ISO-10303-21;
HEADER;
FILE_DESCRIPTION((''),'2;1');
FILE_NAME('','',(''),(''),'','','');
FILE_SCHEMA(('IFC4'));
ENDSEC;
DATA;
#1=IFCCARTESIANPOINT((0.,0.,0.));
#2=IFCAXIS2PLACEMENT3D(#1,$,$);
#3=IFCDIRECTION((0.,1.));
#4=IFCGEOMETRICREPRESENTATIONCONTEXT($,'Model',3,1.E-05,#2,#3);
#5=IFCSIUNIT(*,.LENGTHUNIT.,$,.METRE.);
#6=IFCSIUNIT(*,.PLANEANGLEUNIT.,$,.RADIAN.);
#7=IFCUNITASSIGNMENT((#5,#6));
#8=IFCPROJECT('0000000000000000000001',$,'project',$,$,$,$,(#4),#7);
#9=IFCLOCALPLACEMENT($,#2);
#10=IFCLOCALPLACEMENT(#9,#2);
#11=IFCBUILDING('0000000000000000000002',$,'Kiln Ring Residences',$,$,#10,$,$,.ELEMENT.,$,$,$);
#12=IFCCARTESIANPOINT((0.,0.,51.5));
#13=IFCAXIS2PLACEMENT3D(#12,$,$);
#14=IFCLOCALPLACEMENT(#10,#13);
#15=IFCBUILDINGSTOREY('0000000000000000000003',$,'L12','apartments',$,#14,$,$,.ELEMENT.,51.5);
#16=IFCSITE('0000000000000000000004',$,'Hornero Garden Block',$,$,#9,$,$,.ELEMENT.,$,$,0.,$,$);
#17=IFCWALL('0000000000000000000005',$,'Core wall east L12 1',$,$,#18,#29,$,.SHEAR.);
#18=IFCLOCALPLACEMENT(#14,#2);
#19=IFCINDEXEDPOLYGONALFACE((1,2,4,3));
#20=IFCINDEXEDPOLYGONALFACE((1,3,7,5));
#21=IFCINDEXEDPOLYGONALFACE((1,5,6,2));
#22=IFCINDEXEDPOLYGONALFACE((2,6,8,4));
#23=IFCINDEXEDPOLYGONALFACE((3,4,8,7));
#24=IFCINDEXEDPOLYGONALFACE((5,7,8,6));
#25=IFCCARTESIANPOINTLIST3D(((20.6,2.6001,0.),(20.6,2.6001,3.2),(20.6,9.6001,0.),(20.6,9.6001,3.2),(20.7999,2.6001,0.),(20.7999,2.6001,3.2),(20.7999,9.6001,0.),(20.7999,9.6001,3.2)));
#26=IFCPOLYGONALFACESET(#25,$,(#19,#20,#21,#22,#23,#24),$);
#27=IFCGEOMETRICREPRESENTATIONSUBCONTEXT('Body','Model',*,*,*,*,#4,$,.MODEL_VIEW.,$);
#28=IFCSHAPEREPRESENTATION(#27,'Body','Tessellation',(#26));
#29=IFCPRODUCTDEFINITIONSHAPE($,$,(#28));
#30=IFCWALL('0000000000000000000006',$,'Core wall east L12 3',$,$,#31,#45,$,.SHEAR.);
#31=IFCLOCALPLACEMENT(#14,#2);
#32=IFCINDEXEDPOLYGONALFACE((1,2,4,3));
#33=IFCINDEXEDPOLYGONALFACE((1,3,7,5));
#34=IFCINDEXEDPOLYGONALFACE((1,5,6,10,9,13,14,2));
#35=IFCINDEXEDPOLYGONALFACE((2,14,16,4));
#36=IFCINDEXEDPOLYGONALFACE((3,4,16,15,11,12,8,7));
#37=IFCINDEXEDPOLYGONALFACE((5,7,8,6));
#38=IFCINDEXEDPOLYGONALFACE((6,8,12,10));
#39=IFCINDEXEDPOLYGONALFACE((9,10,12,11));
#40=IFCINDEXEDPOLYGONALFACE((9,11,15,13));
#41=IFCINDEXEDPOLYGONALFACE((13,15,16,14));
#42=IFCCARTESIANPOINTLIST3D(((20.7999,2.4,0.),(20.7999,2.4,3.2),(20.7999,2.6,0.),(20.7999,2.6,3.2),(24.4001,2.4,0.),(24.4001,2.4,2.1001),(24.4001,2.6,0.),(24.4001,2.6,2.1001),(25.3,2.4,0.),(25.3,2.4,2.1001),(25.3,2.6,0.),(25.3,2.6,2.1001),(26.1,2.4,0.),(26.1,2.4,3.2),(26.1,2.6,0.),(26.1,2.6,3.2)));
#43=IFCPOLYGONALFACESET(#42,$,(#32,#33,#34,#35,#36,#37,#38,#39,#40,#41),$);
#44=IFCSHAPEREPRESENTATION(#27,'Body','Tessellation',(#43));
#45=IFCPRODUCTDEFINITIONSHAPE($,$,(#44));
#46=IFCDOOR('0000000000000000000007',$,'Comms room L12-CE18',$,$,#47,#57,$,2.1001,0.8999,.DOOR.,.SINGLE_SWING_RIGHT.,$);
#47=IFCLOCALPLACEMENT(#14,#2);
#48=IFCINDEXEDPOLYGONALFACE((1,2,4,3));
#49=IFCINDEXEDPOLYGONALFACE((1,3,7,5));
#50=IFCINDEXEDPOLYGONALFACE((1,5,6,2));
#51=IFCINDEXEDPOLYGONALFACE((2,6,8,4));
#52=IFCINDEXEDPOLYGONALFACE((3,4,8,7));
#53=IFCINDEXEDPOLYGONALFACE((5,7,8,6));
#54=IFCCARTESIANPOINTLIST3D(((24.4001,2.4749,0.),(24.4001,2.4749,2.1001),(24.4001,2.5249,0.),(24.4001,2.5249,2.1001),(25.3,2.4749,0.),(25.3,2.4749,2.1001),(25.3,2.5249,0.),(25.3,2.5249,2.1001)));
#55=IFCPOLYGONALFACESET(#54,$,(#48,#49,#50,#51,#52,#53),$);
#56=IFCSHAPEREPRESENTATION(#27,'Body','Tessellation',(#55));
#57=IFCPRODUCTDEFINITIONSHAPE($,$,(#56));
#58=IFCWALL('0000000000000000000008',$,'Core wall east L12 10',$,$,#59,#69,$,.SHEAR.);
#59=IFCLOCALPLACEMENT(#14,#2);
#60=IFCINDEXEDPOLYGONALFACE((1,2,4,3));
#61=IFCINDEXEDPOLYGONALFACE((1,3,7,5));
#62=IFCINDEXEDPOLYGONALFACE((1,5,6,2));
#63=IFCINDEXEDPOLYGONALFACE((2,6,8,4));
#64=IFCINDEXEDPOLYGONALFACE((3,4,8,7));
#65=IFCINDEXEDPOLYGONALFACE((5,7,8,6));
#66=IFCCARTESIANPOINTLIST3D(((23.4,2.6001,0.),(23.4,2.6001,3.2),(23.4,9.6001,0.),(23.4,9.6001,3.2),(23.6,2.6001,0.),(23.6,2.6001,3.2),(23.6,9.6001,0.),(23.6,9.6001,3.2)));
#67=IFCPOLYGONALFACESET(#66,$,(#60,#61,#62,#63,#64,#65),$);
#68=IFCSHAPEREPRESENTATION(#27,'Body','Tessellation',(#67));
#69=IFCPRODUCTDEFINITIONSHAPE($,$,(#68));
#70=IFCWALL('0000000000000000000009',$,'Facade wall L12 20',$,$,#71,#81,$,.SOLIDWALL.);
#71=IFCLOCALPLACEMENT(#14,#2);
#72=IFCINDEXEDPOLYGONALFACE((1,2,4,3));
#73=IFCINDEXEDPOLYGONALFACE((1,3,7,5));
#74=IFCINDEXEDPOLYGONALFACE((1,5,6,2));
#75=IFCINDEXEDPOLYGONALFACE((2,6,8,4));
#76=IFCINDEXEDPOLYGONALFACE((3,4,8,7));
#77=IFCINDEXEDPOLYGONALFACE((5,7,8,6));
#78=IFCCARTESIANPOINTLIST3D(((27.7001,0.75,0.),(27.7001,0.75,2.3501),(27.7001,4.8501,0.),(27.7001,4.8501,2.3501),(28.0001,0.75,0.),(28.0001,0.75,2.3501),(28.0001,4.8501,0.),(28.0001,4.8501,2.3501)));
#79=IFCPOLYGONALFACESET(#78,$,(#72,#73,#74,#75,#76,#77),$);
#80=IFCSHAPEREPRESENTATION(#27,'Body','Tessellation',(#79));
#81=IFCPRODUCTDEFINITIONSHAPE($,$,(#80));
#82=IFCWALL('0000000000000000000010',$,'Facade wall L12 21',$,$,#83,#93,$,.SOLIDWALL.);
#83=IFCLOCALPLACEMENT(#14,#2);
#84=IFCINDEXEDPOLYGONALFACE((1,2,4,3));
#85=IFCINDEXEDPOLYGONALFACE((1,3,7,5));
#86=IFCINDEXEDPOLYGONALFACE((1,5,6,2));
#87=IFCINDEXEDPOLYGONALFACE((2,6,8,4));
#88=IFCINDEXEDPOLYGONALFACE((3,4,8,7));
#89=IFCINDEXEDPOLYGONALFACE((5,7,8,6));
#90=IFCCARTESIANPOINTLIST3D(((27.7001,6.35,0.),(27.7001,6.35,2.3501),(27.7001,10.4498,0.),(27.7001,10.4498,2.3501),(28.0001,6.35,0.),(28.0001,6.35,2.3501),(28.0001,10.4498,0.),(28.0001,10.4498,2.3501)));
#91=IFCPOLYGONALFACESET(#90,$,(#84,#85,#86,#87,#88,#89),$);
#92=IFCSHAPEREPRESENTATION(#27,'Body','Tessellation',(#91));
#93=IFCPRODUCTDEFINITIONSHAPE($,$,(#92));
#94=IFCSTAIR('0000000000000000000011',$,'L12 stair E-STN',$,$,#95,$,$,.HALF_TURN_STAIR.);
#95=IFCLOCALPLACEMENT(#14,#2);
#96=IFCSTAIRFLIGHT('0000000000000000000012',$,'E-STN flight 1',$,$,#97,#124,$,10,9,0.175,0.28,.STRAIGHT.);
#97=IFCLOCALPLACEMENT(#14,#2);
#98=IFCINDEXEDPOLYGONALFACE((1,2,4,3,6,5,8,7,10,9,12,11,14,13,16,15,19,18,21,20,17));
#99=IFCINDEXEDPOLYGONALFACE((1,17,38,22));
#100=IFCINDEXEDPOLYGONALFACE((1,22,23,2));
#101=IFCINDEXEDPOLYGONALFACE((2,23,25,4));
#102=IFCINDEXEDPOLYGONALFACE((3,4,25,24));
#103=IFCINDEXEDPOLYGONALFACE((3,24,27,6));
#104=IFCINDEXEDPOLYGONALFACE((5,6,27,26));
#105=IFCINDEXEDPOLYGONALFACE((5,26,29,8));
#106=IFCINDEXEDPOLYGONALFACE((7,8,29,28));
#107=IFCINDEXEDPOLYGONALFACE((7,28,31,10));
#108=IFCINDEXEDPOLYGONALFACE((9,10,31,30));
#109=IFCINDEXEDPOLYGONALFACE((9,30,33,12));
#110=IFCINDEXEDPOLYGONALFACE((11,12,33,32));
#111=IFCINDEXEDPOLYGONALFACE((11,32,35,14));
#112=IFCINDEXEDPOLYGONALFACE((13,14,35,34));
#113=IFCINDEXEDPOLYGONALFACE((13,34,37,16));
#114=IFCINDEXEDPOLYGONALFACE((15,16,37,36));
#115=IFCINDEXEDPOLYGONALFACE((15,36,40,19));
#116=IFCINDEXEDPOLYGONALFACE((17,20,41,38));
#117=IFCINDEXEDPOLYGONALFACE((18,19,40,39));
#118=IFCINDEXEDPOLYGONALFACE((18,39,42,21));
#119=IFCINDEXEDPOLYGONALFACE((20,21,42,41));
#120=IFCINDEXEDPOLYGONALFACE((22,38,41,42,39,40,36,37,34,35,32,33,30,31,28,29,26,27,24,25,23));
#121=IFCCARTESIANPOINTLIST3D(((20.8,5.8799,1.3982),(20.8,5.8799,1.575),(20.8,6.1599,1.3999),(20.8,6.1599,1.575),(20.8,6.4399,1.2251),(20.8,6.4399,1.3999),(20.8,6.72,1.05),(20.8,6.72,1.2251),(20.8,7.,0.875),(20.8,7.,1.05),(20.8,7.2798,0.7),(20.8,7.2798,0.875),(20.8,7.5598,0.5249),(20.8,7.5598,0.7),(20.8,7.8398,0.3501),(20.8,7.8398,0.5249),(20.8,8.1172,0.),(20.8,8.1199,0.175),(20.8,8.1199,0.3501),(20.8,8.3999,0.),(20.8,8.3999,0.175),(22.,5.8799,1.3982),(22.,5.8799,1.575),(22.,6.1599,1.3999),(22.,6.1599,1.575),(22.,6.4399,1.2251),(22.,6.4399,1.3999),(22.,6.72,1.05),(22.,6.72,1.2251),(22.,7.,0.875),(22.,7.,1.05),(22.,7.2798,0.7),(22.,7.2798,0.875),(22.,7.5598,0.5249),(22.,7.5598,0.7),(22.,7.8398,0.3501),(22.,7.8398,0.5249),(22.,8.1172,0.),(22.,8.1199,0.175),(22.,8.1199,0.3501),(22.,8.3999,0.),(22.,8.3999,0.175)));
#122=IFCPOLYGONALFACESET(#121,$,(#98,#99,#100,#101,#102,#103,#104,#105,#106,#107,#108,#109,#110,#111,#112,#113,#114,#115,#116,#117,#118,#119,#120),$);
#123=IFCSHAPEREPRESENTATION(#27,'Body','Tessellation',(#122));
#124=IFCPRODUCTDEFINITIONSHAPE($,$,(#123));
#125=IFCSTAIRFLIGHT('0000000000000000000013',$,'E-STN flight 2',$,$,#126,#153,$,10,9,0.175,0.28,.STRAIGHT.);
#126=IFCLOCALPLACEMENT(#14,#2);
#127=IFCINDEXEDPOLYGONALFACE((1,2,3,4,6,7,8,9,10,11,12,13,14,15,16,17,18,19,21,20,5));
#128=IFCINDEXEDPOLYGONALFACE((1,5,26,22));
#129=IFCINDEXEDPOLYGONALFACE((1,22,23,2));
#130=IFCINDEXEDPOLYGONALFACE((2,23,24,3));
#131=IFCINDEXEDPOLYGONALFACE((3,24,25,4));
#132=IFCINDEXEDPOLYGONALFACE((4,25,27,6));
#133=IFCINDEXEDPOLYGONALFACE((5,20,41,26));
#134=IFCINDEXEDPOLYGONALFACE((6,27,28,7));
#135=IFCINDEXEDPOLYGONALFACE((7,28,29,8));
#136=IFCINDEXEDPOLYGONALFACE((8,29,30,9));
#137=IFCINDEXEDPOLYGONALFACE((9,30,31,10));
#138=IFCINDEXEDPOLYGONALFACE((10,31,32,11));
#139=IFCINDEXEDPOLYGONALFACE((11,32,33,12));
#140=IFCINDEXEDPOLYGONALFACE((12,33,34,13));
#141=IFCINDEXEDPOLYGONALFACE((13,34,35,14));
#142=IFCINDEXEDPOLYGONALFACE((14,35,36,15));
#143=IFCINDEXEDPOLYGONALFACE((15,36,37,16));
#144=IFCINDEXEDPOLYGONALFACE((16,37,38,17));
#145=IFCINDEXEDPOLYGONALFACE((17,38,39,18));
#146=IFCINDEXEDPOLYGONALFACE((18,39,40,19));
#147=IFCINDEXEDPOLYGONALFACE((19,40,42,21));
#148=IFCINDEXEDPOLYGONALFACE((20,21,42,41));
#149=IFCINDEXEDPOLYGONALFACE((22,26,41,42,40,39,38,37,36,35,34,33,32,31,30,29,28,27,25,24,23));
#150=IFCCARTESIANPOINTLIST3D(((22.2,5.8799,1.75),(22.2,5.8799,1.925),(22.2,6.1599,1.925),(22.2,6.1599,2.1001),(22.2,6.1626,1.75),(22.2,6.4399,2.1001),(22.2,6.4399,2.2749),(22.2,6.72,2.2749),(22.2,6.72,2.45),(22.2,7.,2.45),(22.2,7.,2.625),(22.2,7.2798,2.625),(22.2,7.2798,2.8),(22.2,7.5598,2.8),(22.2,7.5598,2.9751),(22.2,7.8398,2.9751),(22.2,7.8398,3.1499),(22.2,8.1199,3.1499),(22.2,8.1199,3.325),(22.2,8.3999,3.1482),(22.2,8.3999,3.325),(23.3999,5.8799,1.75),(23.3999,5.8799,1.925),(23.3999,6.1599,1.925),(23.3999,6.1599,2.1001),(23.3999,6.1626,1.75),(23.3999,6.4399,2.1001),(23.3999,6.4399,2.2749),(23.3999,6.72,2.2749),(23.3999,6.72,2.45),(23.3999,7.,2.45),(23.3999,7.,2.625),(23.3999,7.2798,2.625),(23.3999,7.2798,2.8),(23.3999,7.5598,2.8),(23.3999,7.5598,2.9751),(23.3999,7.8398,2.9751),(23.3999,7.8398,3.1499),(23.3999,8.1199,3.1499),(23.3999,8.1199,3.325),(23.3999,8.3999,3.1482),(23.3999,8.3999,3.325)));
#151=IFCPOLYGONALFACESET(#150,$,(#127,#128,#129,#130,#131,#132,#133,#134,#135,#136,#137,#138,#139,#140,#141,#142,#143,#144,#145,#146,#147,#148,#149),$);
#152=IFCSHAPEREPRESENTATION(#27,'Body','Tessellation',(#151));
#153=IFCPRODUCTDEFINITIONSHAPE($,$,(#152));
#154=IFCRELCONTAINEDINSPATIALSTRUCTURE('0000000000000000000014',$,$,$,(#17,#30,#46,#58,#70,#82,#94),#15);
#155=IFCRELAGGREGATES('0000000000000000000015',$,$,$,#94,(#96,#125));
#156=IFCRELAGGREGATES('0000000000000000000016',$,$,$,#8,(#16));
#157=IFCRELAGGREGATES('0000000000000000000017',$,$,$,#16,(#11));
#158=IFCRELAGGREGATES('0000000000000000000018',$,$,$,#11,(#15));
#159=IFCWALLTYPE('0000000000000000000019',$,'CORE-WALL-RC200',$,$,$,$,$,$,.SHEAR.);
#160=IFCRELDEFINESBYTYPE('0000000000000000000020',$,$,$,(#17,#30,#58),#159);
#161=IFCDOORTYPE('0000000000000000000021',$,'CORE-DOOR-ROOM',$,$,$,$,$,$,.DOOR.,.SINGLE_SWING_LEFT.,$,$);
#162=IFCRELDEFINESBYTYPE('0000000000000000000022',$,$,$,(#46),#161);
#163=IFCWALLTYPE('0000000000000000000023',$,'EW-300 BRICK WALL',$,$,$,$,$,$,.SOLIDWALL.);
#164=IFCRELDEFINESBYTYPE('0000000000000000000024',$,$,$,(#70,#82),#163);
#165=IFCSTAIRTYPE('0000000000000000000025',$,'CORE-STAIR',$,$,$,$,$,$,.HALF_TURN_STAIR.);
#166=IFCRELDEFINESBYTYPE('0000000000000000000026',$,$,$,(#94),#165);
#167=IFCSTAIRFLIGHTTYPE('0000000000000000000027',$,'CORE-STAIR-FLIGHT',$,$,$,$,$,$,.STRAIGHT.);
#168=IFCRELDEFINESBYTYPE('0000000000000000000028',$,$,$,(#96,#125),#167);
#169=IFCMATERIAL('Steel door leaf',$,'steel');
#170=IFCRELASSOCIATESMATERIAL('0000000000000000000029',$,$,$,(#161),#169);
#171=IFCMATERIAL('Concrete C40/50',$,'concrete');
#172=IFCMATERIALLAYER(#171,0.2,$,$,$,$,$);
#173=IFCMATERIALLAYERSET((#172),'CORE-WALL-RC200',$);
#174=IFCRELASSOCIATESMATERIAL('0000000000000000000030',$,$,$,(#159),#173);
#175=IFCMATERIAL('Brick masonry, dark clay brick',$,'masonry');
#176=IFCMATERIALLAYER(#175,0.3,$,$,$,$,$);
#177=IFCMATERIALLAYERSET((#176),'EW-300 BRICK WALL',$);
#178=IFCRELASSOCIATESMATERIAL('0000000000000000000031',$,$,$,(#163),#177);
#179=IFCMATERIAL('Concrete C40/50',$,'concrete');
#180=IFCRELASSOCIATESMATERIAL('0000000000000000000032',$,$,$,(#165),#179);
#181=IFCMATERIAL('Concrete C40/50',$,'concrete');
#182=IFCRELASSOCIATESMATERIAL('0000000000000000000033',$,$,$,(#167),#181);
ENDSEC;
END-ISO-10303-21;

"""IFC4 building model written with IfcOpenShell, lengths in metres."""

from ifc_helpers import new_model, si_unit, direction, frame, frame_2d, origin, place, context, subcontext, project, spatial, polyline, rectangle, outline, extrude, material, layer, layer_set, type_object, element, fill, aggregate, save


model = new_model("IFC4")

# Units and contexts
model_context = context("Model", 3, precision=1e-05, world=origin(), true_north=direction((0.0, 1.0)))
body_context = subcontext(model_context, "Body", "Model", "MODEL_VIEW")
ifc_project = project(units=[si_unit("LENGTHUNIT", "METRE"), si_unit("PLANEANGLEUNIT", "RADIAN")], contexts=[model_context])

# Site, building, storey
site_placement = place(None, origin())
site = spatial("IfcSite", under=ifc_project, at=site_placement, Name="Hornero Garden Block", CompositionType="ELEMENT", RefElevation=0.0)
building_placement = place(site_placement, origin())
building = spatial("IfcBuilding", under=site, at=building_placement, Name="Kiln Ring Residences", CompositionType="ELEMENT")
storey_placement = place(building_placement, frame((0.0, 0.0, 51.5)))
storey = spatial("IfcBuildingStorey", under=building, at=storey_placement, Name="L12", Description="apartments", CompositionType="ELEMENT", Elevation=51.5)

# Shared definitions
ifc_material_1 = material(Name="Steel door leaf", Category="steel")
door_type = type_object("IfcDoorType", Name="CORE-DOOR-ROOM", OperationType="SINGLE_SWING_LEFT", PredefinedType="DOOR", material=ifc_material_1)

# Wall
ifc_material_2 = material(Name="Concrete C40/50", Category="concrete")
ifc_layer_1 = layer(ifc_material_2, 0.2)
ifc_layer_set_1 = layer_set([ifc_layer_1], Name="CORE-WALL-RC200")
wall_type_1 = type_object("IfcWallType", Name="CORE-WALL-RC200", PredefinedType="SHEAR", material=ifc_layer_set_1)
wall_1_placement = place(storey_placement, frame((20.7, 2.6001, 0.0), z_axis=(0.0, 0.0, 1.0), x_axis=(0.0, 1.0, 0.0)))
element("IfcWall", 1, at=wall_1_placement, inside=storey, type_object=wall_type_1, Name="Core wall east L12 1", PredefinedType="SHEAR", context=body_context, shape_type="SweptSolid", body=[
    extrude(rectangle(XDim=7.0, YDim=0.2, at=frame_2d((3.5, 0.0))), origin(), (0.0, 0.0, 1.0), 3.2),
])

# Wall, opening, door
wall_2_placement = place(storey_placement, frame((20.8, 2.5, 0.0), z_axis=(0.0, 0.0, 1.0), x_axis=(1.0, 0.0, 0.0)))
wall_2 = element("IfcWall", 2, at=wall_2_placement, inside=storey, type_object=wall_type_1, Name="Core wall east L12 3", PredefinedType="SHEAR", context=body_context, shape_type="SweptSolid", body=[
    extrude(rectangle(XDim=5.3, YDim=0.2, at=frame_2d((2.6499, 0.0))), origin(), (0.0, 0.0, 1.0), 3.2),
])
opening_1_placement = place(wall_2_placement, frame((3.6001, 0.0, 0.0)))
opening_1 = element("IfcOpeningElement", 3, at=opening_1_placement, cuts=wall_2, PredefinedType="OPENING", context=body_context, shape_type="SweptSolid", body=[
    extrude(rectangle(XDim=0.8999, YDim=2.1001, at=frame_2d((0.45, 1.05))), frame((0.0, 0.1099, 0.0), z_axis=(0.0, -1.0, 0.0), x_axis=(1.0, 0.0, 0.0)), (0.0, 0.0, 1.0), 0.22),
])
door_1_placement = place(opening_1_placement, origin())
door_1 = element("IfcDoor", 4, at=door_1_placement, inside=storey, type_object=door_type, Name="Comms room L12-CE18", OperationType="SINGLE_SWING_RIGHT", OverallHeight=2.1001, OverallWidth=0.8999, PredefinedType="DOOR", context=body_context, shape_type="SweptSolid", body=[
    extrude(rectangle(XDim=0.8999, YDim=2.1001, at=frame_2d((0.45, 1.05))), frame((0.0, 0.0249, 0.0), z_axis=(0.0, -1.0, 0.0), x_axis=(1.0, 0.0, 0.0)), (0.0, 0.0, 1.0), 0.05),
])
fill(opening_1, door_1)

# Walls
wall_3_placement = place(storey_placement, frame((23.5, 2.6001, 0.0), z_axis=(0.0, 0.0, 1.0), x_axis=(0.0, 1.0, 0.0)))
element("IfcWall", 5, at=wall_3_placement, inside=storey, type_object=wall_type_1, Name="Core wall east L12 10", PredefinedType="SHEAR", context=body_context, shape_type="SweptSolid", body=[
    extrude(rectangle(XDim=7.0, YDim=0.2, at=frame_2d((3.5, 0.0))), origin(), (0.0, 0.0, 1.0), 3.2),
])
ifc_material_3 = material(Name="Brick masonry, dark clay brick", Category="masonry")
ifc_layer_2 = layer(ifc_material_3, 0.3)
ifc_layer_set_2 = layer_set([ifc_layer_2], Name="EW-300 BRICK WALL")
wall_type_2 = type_object("IfcWallType", Name="EW-300 BRICK WALL", PredefinedType="SOLIDWALL", material=ifc_layer_set_2)
wall_4_placement = place(storey_placement, frame((27.8501, 0.75, 0.0), z_axis=(0.0, 0.0, 1.0), x_axis=(0.0, 1.0, 0.0)))
element("IfcWall", 6, at=wall_4_placement, inside=storey, type_object=wall_type_2, Name="Facade wall L12 20", PredefinedType="SOLIDWALL", context=body_context, shape_type="SweptSolid", body=[
    extrude(rectangle(XDim=4.1001, YDim=0.3, at=frame_2d((2.05, 0.0))), origin(), (0.0, 0.0, 1.0), 2.3501),
])
wall_5_placement = place(storey_placement, frame((27.8501, 6.3501, 0.0), z_axis=(0.0, 0.0, 1.0), x_axis=(0.0, 1.0, 0.0)))
element("IfcWall", 7, at=wall_5_placement, inside=storey, type_object=wall_type_2, Name="Facade wall L12 21", PredefinedType="SOLIDWALL", context=body_context, shape_type="SweptSolid", body=[
    extrude(rectangle(XDim=4.0999, YDim=0.3, at=frame_2d((2.0498, 0.0))), origin(), (0.0, 0.0, 1.0), 2.3501),
])

# Stair, stair flights
ifc_material_4 = material(Name="Concrete C40/50", Category="concrete")
stair_type = type_object("IfcStairType", Name="CORE-STAIR", PredefinedType="HALF_TURN_STAIR", material=ifc_material_4)
stair_placement = place(storey_placement, origin())
stair = element("IfcStair", 8, at=stair_placement, inside=storey, type_object=stair_type, Name="L12 stair E-STN", PredefinedType="HALF_TURN_STAIR")
ifc_material_5 = material(Name="Concrete C40/50", Category="concrete")
stair_flight_type = type_object("IfcStairFlightType", Name="CORE-STAIR-FLIGHT", PredefinedType="STRAIGHT", material=ifc_material_5)
stair_flight_1_placement = place(storey_placement, frame((21.3999, 8.3999, 0.0), z_axis=(0.0, 0.0, 1.0), x_axis=(0.0, -1.0, 0.0)))
stair_flight_1 = element("IfcStairFlight", 9, at=stair_flight_1_placement, type_object=stair_flight_type, Name="E-STN flight 1", NumberOfRisers=10, NumberOfTreads=9, PredefinedType="STRAIGHT", RiserHeight=0.175, TreadLength=0.28, context=body_context, shape_type="SweptSolid", body=[
    extrude(outline(polyline([(0.0, 0.0), (0.0, 0.175), (0.28, 0.175), (0.28, 0.3501), (0.5601, 0.3501), (0.5601, 0.5249), (0.8401, 0.5249), (0.8401, 0.7), (1.1201, 0.7), (1.1201, 0.875), (1.3999, 0.875), (1.3999, 1.05), (1.6799, 1.05), (1.6799, 1.2251), (1.96, 1.2251), (1.96, 1.3999), (2.24, 1.3999), (2.24, 1.575), (2.52, 1.575), (2.52, 1.75), (2.52, 1.3982), (0.2827, 0.0), (0.0, 0.0)])), frame((0.0, 0.6001, 0.0), z_axis=(0.0, -1.0, 0.0), x_axis=(1.0, 0.0, 0.0)), (0.0, 0.0, 1.0), 1.2),
])
stair_flight_2_placement = place(storey_placement, frame((22.8, 5.8799, 1.75), z_axis=(0.0, 0.0, 1.0), x_axis=(0.0, 1.0, 0.0)))
stair_flight_2 = element("IfcStairFlight", 10, at=stair_flight_2_placement, type_object=stair_flight_type, Name="E-STN flight 2", NumberOfRisers=10, NumberOfTreads=9, PredefinedType="STRAIGHT", RiserHeight=0.175, TreadLength=0.28, context=body_context, shape_type="SweptSolid", body=[
    extrude(outline(polyline([(0.0, 0.0), (0.0, 0.175), (0.28, 0.175), (0.28, 0.3501), (0.5601, 0.3501), (0.5601, 0.5249), (0.8401, 0.5249), (0.8401, 0.7), (1.1201, 0.7), (1.1201, 0.875), (1.3999, 0.875), (1.3999, 1.05), (1.6799, 1.05), (1.6799, 1.2251), (1.96, 1.2251), (1.96, 1.3999), (2.24, 1.3999), (2.24, 1.575), (2.52, 1.575), (2.52, 1.75), (2.52, 1.3982), (0.2827, 0.0), (0.0, 0.0)])), frame((0.0, 0.6001, 0.0), z_axis=(0.0, -1.0, 0.0), x_axis=(1.0, 0.0, 0.0)), (0.0, 0.0, 1.0), 1.2),
])
aggregate(stair, [stair_flight_1, stair_flight_2])

save(model, "model.ifc")
